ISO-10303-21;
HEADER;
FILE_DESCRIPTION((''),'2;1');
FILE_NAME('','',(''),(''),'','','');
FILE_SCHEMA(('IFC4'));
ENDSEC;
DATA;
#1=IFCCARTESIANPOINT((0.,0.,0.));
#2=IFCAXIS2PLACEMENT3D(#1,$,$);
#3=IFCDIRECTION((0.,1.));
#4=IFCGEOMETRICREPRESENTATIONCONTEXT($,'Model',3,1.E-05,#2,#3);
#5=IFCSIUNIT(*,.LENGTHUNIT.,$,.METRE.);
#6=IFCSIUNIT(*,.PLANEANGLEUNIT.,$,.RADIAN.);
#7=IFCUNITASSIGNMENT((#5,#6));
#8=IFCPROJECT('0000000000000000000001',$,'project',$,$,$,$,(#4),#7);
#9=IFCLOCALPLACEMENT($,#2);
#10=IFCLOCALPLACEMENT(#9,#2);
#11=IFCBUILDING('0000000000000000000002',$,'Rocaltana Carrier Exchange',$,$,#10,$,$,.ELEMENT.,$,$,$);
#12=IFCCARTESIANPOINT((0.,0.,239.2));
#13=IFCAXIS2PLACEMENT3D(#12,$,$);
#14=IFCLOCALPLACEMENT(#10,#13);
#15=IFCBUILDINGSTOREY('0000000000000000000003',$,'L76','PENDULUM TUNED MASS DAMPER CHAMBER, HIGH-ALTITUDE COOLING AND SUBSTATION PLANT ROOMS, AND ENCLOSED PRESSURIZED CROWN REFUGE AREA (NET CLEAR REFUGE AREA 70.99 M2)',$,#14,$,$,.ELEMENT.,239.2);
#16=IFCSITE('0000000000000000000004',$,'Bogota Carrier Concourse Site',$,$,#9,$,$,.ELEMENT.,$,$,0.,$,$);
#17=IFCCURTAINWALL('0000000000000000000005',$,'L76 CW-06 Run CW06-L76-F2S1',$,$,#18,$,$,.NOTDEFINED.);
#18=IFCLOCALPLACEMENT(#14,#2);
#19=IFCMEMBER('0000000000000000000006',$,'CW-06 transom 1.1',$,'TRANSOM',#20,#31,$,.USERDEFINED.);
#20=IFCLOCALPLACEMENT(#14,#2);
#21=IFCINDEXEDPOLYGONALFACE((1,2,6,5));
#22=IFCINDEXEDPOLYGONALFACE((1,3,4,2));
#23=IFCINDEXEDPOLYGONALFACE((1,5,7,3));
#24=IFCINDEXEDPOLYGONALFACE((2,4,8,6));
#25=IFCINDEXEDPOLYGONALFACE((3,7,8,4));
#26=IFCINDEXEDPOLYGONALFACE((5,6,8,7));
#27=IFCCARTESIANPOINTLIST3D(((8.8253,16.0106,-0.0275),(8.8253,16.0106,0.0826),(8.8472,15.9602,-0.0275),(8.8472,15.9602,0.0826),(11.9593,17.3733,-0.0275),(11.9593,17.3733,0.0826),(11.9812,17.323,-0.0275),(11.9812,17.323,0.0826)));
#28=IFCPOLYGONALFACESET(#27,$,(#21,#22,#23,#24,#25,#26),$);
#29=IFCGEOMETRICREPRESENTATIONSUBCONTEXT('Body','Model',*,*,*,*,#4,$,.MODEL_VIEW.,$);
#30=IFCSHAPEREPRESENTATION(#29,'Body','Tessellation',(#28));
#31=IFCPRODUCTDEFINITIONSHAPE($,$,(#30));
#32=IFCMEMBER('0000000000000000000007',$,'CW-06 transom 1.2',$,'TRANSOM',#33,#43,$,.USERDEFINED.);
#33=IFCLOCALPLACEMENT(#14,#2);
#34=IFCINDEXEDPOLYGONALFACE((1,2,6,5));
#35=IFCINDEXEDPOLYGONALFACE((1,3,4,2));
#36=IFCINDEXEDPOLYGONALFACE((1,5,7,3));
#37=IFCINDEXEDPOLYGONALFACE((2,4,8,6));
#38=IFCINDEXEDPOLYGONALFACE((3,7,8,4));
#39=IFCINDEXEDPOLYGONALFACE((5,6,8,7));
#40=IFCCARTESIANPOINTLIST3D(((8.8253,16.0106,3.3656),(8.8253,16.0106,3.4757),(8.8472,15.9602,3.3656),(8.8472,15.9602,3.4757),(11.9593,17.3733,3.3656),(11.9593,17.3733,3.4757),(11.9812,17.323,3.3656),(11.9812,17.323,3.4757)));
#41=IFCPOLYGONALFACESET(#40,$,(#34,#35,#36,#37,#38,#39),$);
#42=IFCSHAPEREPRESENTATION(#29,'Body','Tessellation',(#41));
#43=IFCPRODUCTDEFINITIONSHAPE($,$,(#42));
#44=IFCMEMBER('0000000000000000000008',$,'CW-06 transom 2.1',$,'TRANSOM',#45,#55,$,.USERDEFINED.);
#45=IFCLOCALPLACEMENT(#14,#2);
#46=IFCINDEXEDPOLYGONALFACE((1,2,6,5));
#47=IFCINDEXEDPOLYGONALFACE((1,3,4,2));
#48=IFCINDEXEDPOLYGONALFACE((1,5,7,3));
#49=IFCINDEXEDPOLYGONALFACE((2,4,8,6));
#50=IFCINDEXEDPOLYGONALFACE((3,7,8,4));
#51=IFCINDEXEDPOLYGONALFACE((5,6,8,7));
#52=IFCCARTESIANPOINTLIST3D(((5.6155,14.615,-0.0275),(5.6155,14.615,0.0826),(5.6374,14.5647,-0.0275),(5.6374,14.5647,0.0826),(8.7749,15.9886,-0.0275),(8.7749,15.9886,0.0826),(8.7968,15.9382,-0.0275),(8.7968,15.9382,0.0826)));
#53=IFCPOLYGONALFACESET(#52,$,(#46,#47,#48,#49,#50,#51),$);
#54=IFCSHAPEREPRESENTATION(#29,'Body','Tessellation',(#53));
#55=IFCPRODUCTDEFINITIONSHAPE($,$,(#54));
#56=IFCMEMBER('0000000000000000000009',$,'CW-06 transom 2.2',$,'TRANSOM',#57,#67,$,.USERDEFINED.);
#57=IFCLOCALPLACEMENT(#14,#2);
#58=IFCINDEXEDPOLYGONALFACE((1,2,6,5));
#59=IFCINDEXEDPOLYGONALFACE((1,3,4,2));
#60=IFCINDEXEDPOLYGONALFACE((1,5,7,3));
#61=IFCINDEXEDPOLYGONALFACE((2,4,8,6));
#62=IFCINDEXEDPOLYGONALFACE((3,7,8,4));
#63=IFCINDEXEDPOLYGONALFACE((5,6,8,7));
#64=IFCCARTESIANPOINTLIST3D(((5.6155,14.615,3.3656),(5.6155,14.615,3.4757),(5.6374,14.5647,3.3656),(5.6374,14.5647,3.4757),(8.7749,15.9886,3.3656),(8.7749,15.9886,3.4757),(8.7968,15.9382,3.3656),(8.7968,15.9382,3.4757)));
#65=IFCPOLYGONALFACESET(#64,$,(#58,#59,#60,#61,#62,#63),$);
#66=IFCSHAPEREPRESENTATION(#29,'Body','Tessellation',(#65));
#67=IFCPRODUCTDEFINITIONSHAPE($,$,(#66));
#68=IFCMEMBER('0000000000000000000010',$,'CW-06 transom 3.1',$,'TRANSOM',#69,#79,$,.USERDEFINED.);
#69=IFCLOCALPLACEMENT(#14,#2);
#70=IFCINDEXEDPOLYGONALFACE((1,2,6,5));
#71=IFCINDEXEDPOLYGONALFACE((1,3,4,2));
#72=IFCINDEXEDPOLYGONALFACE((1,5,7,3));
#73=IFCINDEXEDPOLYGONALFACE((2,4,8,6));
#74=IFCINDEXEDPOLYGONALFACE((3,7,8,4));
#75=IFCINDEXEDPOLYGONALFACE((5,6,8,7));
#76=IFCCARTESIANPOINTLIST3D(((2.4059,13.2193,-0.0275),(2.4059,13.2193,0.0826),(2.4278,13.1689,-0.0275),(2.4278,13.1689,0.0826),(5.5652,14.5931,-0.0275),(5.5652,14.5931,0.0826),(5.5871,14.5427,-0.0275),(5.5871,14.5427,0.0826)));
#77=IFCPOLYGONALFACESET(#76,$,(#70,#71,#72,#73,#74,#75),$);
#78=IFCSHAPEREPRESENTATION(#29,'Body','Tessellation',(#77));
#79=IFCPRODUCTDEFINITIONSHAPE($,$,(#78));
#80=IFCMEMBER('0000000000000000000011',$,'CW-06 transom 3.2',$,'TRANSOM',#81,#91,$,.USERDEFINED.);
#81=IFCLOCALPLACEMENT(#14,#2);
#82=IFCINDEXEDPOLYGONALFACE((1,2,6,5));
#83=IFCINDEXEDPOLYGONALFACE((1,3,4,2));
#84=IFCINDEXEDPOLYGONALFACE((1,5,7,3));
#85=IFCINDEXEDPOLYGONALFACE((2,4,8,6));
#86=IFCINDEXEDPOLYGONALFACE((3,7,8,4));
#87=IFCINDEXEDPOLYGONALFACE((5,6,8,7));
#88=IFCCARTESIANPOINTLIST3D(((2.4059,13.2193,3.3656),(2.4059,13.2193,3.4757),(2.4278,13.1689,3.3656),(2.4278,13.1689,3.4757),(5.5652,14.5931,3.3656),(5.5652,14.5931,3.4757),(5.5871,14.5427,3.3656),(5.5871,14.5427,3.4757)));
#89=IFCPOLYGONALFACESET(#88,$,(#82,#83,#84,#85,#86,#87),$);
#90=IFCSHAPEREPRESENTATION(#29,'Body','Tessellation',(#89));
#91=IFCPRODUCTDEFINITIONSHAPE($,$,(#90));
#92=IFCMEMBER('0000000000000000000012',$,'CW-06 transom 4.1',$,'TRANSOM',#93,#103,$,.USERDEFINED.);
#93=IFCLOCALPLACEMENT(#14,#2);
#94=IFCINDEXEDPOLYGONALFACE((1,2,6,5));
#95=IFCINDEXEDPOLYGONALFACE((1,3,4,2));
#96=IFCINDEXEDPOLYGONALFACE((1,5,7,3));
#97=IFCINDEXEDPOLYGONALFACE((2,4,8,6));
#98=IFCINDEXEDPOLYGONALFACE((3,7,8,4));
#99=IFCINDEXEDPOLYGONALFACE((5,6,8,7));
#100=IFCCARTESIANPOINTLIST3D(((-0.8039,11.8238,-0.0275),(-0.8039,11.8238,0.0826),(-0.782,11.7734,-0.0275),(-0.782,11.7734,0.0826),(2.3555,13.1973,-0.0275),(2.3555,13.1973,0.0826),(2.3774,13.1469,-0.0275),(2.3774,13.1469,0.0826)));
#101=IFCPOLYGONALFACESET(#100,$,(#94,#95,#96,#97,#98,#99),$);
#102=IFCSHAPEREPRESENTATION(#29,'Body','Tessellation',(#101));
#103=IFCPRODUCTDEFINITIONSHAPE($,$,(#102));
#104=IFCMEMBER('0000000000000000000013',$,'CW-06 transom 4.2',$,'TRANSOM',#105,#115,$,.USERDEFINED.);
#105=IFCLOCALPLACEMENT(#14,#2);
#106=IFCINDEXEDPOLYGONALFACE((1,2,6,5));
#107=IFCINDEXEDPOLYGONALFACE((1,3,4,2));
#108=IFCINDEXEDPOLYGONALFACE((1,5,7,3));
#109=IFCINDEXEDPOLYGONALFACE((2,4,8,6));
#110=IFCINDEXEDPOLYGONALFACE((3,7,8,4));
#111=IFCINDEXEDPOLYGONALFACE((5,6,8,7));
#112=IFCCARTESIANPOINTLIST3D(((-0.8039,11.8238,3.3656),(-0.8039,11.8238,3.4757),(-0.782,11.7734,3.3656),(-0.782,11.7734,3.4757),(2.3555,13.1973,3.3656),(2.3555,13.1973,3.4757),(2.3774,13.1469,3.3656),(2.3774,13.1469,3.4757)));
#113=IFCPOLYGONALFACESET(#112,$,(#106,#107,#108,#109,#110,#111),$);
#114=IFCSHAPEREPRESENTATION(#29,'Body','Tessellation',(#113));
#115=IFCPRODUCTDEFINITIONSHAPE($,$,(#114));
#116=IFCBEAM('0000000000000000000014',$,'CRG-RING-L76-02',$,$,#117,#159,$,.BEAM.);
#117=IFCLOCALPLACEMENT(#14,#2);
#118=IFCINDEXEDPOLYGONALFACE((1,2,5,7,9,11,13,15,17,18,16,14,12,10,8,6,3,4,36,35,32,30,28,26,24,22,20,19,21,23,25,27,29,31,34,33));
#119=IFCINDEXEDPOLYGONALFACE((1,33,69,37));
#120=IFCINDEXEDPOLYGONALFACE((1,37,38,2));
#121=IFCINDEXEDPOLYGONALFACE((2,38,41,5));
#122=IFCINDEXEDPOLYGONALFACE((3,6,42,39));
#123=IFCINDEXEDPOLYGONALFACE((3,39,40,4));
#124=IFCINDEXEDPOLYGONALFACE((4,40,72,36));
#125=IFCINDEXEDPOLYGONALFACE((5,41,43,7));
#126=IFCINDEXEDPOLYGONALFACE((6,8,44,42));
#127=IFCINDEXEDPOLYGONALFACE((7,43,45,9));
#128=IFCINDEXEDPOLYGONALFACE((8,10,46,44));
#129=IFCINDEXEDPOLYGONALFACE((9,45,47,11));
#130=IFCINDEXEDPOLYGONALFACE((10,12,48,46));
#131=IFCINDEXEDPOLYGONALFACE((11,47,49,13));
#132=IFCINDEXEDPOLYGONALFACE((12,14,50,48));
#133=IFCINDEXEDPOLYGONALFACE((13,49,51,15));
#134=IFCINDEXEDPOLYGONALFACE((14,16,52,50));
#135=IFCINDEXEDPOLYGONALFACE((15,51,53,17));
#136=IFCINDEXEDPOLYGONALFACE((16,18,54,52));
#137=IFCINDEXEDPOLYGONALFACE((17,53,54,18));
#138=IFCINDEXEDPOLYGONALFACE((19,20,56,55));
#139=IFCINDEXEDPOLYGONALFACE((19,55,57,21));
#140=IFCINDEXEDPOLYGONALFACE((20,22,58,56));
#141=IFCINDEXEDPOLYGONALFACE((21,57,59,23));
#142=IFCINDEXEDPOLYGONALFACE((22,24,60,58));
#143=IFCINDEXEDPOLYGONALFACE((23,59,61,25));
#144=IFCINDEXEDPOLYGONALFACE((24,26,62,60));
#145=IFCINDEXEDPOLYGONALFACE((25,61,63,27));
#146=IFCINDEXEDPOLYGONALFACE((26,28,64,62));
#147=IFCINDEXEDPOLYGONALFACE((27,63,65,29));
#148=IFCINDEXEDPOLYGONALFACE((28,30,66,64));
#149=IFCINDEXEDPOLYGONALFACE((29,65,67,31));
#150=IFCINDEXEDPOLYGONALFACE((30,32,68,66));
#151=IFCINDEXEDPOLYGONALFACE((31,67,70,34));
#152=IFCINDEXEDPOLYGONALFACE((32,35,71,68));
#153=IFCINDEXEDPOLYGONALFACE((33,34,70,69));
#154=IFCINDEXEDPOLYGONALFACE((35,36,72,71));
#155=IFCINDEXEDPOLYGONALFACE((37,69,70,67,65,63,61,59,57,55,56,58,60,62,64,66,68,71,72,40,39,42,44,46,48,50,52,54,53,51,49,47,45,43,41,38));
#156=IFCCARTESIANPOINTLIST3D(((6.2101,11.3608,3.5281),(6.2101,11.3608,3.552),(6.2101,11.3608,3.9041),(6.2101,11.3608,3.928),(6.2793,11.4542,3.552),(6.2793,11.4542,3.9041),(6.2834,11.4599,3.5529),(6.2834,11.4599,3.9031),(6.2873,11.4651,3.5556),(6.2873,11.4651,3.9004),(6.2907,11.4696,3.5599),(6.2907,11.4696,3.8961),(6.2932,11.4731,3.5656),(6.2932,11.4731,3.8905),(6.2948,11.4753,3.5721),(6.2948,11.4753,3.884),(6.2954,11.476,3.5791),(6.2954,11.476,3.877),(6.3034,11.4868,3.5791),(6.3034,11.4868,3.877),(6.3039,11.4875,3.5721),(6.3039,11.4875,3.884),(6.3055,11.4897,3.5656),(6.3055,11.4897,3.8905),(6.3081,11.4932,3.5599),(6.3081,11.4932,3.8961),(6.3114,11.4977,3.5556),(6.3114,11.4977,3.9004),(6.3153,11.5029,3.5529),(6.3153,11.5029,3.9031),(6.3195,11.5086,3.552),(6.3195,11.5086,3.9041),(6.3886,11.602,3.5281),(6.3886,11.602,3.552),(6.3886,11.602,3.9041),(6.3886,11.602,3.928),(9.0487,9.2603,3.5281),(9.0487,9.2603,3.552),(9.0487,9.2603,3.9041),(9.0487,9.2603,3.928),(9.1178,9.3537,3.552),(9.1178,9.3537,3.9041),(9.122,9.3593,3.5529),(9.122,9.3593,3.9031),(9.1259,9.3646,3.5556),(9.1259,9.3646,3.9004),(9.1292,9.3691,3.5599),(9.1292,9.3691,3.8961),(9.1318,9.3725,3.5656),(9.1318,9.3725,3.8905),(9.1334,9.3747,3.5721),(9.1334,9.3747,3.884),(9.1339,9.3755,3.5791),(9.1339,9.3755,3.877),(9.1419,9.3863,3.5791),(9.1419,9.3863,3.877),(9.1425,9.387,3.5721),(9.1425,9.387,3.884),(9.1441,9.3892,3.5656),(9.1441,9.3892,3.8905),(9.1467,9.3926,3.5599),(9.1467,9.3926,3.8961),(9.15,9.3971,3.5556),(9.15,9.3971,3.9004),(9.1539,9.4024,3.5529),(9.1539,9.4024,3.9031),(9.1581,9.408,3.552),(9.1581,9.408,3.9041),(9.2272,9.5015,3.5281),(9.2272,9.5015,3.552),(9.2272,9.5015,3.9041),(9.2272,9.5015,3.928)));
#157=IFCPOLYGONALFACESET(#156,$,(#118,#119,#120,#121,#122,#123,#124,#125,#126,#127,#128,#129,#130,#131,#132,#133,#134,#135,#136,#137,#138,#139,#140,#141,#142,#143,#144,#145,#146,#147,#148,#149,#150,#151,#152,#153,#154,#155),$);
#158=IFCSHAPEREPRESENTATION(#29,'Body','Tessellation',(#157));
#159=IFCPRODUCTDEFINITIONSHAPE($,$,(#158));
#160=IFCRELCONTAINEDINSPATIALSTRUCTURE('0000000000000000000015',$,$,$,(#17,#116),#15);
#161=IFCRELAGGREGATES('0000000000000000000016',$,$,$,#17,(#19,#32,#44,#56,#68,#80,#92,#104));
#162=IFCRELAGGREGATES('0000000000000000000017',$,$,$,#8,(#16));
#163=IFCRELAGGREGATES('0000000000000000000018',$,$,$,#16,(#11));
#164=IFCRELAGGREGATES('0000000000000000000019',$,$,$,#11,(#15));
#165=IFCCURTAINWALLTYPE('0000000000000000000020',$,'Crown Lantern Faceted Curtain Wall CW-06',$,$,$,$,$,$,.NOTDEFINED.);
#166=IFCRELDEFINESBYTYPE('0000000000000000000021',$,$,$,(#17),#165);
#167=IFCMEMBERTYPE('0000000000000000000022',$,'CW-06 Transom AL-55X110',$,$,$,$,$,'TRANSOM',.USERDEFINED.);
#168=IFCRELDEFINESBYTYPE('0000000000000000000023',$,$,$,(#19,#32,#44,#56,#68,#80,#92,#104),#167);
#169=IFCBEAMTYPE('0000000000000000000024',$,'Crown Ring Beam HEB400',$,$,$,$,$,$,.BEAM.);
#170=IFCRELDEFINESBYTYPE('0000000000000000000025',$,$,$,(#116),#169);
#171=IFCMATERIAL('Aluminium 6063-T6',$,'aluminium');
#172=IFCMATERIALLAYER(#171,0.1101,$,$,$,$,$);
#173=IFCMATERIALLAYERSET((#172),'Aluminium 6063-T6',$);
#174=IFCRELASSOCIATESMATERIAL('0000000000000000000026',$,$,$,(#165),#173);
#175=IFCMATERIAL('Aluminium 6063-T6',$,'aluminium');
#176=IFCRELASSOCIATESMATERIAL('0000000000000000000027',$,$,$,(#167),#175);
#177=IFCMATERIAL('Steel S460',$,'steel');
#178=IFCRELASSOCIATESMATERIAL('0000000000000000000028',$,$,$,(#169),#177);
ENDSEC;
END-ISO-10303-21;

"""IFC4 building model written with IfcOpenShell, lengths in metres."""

from ifc_helpers import new_model, si_unit, direction, frame, origin, origin_2d, place, context, subcontext, project, spatial, rectangle, i_section, extrude, material, layer, layer_set, material_profile, profile_set, type_object, element, aggregate, save


model = new_model("IFC4")

# Units and contexts
model_context = context("Model", 3, precision=1e-05, world=origin(), true_north=direction((0.0, 1.0)))
body_context = subcontext(model_context, "Body", "Model", "MODEL_VIEW")
ifc_project = project(units=[si_unit("LENGTHUNIT", "METRE"), si_unit("PLANEANGLEUNIT", "RADIAN")], contexts=[model_context])

# Site, building, storey
site_placement = place(None, origin())
site = spatial("IfcSite", under=ifc_project, at=site_placement, Name="Bogota Carrier Concourse Site", CompositionType="ELEMENT", RefElevation=0.0)
building_placement = place(site_placement, origin())
building = spatial("IfcBuilding", under=site, at=building_placement, Name="Rocaltana Carrier Exchange", CompositionType="ELEMENT")
storey_placement = place(building_placement, frame((0.0, 0.0, 239.2)))
storey = spatial("IfcBuildingStorey", under=building, at=storey_placement, Name="L76", Description="PENDULUM TUNED MASS DAMPER CHAMBER, HIGH-ALTITUDE COOLING AND SUBSTATION PLANT ROOMS, AND ENCLOSED PRESSURIZED CROWN REFUGE AREA (NET CLEAR REFUGE AREA 70.99 M2)", CompositionType="ELEMENT", Elevation=239.2)

# Curtain wall
ifc_material_1 = material(Name="Aluminium 6063-T6", Category="aluminium")
ifc_layer_1 = layer(ifc_material_1, 0.1101)
ifc_layer_set_1 = layer_set([ifc_layer_1], Name="Aluminium 6063-T6")
curtain_wall_type = type_object("IfcCurtainWallType", Name="Crown Lantern Faceted Curtain Wall CW-06", PredefinedType="NOTDEFINED", material=ifc_layer_set_1)
curtain_wall_1_placement = place(storey_placement, origin())
curtain_wall_1 = element("IfcCurtainWall", 1, at=curtain_wall_1_placement, inside=storey, type_object=curtain_wall_type, Name="L76 CW-06 Run CW06-L76-F2S1", PredefinedType="NOTDEFINED")

# Members
ifc_material_2 = material(Name="Aluminium 6063-T6", Category="aluminium")
ifc_material_profile_1 = material_profile(ifc_material_2, rectangle(XDim=0.0549, YDim=0.1101, at=origin_2d()), Name="AL-55X110")
ifc_profile_set_1 = profile_set([ifc_material_profile_1], Name="Aluminium 6063-T6")
member_type_1 = type_object("IfcMemberType", Name="CW-06 Transom AL-55X110", ElementType="TRANSOM", PredefinedType="USERDEFINED", material=ifc_profile_set_1)
member_1_placement = place(storey_placement, frame((11.9702, 17.3481, 0.0276), z_axis=(-0.917052, -0.398768, 0.0), x_axis=(0.398768, -0.917052, 0.0)))
member_1 = element("IfcMember", 2, at=member_1_placement, type_object=member_type_1, Name="CW-06 transom 1.1", ObjectType="TRANSOM", PredefinedType="USERDEFINED", context=body_context, shape_type="SweptSolid", body=[
    extrude(rectangle(XDim=0.0549, YDim=0.1101, at=origin_2d()), origin(), (0.0, 0.0, 1.0), 3.4175),
])
member_2_placement = place(storey_placement, frame((11.9702, 17.3481, 3.4207), z_axis=(-0.917052, -0.398768, 0.0), x_axis=(0.398768, -0.917052, 0.0)))
member_2 = element("IfcMember", 3, at=member_2_placement, type_object=member_type_1, Name="CW-06 transom 1.2", ObjectType="TRANSOM", PredefinedType="USERDEFINED", context=body_context, shape_type="SweptSolid", body=[
    extrude(rectangle(XDim=0.0549, YDim=0.1101, at=origin_2d()), origin(), (0.0, 0.0, 1.0), 3.4175),
])
member_3_placement = place(storey_placement, frame((8.7859, 15.9634, 0.0276), z_axis=(-0.917084, -0.398695, 0.0), x_axis=(0.398695, -0.917084, 0.0)))
member_3 = element("IfcMember", 4, at=member_3_placement, type_object=member_type_1, Name="CW-06 transom 2.1", ObjectType="TRANSOM", PredefinedType="USERDEFINED", context=body_context, shape_type="SweptSolid", body=[
    extrude(rectangle(XDim=0.0549, YDim=0.1101, at=origin_2d()), origin(), (0.0, 0.0, 1.0), 3.4451),
])
member_4_placement = place(storey_placement, frame((8.7859, 15.9634, 3.4207), z_axis=(-0.917084, -0.398695, 0.0), x_axis=(0.398695, -0.917084, 0.0)))
member_4 = element("IfcMember", 5, at=member_4_placement, type_object=member_type_1, Name="CW-06 transom 2.2", ObjectType="TRANSOM", PredefinedType="USERDEFINED", context=body_context, shape_type="SweptSolid", body=[
    extrude(rectangle(XDim=0.0549, YDim=0.1101, at=origin_2d()), origin(), (0.0, 0.0, 1.0), 3.4451),
])
member_5_placement = place(storey_placement, frame((5.5762, 14.5679, 0.0276), z_axis=(-0.917058, -0.398755, 0.0), x_axis=(0.398755, -0.917058, 0.0)))
member_5 = element("IfcMember", 6, at=member_5_placement, type_object=member_type_1, Name="CW-06 transom 3.1", ObjectType="TRANSOM", PredefinedType="USERDEFINED", context=body_context, shape_type="SweptSolid", body=[
    extrude(rectangle(XDim=0.0549, YDim=0.1101, at=origin_2d()), origin(), (0.0, 0.0, 1.0), 3.4451),
])
member_6_placement = place(storey_placement, frame((5.5762, 14.5679, 3.4207), z_axis=(-0.917058, -0.398755, 0.0), x_axis=(0.398755, -0.917058, 0.0)))
member_6 = element("IfcMember", 7, at=member_6_placement, type_object=member_type_1, Name="CW-06 transom 3.2", ObjectType="TRANSOM", PredefinedType="USERDEFINED", context=body_context, shape_type="SweptSolid", body=[
    extrude(rectangle(XDim=0.0549, YDim=0.1101, at=origin_2d()), origin(), (0.0, 0.0, 1.0), 3.4451),
])
member_7_placement = place(storey_placement, frame((2.3665, 13.1721, 0.0276), z_axis=(-0.917084, -0.398695, 0.0), x_axis=(0.398695, -0.917084, 0.0)))
member_7 = element("IfcMember", 8, at=member_7_placement, type_object=member_type_1, Name="CW-06 transom 4.1", ObjectType="TRANSOM", PredefinedType="USERDEFINED", context=body_context, shape_type="SweptSolid", body=[
    extrude(rectangle(XDim=0.0549, YDim=0.1101, at=origin_2d()), origin(), (0.0, 0.0, 1.0), 3.4451),
])
member_8_placement = place(storey_placement, frame((2.3665, 13.1721, 3.4207), z_axis=(-0.917084, -0.398695, 0.0), x_axis=(0.398695, -0.917084, 0.0)))
member_8 = element("IfcMember", 9, at=member_8_placement, type_object=member_type_1, Name="CW-06 transom 4.2", ObjectType="TRANSOM", PredefinedType="USERDEFINED", context=body_context, shape_type="SweptSolid", body=[
    extrude(rectangle(XDim=0.0549, YDim=0.1101, at=origin_2d()), origin(), (0.0, 0.0, 1.0), 3.4451),
])

# Beam
ifc_material_3 = material(Name="Steel S460", Category="steel")
ifc_material_profile_2 = material_profile(ifc_material_3, i_section(OverallWidth=0.3, OverallDepth=0.3999, WebThickness=0.0134, FlangeThickness=0.0239, FilletRadius=0.0271, at=origin_2d()), Name="HEB400")
ifc_profile_set_2 = profile_set([ifc_material_profile_2], Name="Steel S460")
beam_type = type_object("IfcBeamType", Name="Crown Ring Beam HEB400", PredefinedType="BEAM", material=ifc_profile_set_2)
beam_1_placement = place(storey_placement, frame((9.1379, 9.3809, 3.728), z_axis=(-0.803841, 0.594844, 0.0), x_axis=(-0.594844, -0.803841, 0.0)))
element("IfcBeam", 10, at=beam_1_placement, inside=storey, type_object=beam_type, Name="CRG-RING-L76-02", PredefinedType="BEAM", context=body_context, shape_type="SweptSolid", body=[
    extrude(i_section(OverallWidth=0.3, OverallDepth=0.3999, WebThickness=0.0134, FlangeThickness=0.0239, FilletRadius=0.0271, at=origin_2d()), origin(), (0.0, 0.0, 1.0), 3.5312),
])

aggregate(curtain_wall_1, [member_1, member_2, member_3, member_4, member_5, member_6, member_7, member_8])

save(model, "model.ifc")
